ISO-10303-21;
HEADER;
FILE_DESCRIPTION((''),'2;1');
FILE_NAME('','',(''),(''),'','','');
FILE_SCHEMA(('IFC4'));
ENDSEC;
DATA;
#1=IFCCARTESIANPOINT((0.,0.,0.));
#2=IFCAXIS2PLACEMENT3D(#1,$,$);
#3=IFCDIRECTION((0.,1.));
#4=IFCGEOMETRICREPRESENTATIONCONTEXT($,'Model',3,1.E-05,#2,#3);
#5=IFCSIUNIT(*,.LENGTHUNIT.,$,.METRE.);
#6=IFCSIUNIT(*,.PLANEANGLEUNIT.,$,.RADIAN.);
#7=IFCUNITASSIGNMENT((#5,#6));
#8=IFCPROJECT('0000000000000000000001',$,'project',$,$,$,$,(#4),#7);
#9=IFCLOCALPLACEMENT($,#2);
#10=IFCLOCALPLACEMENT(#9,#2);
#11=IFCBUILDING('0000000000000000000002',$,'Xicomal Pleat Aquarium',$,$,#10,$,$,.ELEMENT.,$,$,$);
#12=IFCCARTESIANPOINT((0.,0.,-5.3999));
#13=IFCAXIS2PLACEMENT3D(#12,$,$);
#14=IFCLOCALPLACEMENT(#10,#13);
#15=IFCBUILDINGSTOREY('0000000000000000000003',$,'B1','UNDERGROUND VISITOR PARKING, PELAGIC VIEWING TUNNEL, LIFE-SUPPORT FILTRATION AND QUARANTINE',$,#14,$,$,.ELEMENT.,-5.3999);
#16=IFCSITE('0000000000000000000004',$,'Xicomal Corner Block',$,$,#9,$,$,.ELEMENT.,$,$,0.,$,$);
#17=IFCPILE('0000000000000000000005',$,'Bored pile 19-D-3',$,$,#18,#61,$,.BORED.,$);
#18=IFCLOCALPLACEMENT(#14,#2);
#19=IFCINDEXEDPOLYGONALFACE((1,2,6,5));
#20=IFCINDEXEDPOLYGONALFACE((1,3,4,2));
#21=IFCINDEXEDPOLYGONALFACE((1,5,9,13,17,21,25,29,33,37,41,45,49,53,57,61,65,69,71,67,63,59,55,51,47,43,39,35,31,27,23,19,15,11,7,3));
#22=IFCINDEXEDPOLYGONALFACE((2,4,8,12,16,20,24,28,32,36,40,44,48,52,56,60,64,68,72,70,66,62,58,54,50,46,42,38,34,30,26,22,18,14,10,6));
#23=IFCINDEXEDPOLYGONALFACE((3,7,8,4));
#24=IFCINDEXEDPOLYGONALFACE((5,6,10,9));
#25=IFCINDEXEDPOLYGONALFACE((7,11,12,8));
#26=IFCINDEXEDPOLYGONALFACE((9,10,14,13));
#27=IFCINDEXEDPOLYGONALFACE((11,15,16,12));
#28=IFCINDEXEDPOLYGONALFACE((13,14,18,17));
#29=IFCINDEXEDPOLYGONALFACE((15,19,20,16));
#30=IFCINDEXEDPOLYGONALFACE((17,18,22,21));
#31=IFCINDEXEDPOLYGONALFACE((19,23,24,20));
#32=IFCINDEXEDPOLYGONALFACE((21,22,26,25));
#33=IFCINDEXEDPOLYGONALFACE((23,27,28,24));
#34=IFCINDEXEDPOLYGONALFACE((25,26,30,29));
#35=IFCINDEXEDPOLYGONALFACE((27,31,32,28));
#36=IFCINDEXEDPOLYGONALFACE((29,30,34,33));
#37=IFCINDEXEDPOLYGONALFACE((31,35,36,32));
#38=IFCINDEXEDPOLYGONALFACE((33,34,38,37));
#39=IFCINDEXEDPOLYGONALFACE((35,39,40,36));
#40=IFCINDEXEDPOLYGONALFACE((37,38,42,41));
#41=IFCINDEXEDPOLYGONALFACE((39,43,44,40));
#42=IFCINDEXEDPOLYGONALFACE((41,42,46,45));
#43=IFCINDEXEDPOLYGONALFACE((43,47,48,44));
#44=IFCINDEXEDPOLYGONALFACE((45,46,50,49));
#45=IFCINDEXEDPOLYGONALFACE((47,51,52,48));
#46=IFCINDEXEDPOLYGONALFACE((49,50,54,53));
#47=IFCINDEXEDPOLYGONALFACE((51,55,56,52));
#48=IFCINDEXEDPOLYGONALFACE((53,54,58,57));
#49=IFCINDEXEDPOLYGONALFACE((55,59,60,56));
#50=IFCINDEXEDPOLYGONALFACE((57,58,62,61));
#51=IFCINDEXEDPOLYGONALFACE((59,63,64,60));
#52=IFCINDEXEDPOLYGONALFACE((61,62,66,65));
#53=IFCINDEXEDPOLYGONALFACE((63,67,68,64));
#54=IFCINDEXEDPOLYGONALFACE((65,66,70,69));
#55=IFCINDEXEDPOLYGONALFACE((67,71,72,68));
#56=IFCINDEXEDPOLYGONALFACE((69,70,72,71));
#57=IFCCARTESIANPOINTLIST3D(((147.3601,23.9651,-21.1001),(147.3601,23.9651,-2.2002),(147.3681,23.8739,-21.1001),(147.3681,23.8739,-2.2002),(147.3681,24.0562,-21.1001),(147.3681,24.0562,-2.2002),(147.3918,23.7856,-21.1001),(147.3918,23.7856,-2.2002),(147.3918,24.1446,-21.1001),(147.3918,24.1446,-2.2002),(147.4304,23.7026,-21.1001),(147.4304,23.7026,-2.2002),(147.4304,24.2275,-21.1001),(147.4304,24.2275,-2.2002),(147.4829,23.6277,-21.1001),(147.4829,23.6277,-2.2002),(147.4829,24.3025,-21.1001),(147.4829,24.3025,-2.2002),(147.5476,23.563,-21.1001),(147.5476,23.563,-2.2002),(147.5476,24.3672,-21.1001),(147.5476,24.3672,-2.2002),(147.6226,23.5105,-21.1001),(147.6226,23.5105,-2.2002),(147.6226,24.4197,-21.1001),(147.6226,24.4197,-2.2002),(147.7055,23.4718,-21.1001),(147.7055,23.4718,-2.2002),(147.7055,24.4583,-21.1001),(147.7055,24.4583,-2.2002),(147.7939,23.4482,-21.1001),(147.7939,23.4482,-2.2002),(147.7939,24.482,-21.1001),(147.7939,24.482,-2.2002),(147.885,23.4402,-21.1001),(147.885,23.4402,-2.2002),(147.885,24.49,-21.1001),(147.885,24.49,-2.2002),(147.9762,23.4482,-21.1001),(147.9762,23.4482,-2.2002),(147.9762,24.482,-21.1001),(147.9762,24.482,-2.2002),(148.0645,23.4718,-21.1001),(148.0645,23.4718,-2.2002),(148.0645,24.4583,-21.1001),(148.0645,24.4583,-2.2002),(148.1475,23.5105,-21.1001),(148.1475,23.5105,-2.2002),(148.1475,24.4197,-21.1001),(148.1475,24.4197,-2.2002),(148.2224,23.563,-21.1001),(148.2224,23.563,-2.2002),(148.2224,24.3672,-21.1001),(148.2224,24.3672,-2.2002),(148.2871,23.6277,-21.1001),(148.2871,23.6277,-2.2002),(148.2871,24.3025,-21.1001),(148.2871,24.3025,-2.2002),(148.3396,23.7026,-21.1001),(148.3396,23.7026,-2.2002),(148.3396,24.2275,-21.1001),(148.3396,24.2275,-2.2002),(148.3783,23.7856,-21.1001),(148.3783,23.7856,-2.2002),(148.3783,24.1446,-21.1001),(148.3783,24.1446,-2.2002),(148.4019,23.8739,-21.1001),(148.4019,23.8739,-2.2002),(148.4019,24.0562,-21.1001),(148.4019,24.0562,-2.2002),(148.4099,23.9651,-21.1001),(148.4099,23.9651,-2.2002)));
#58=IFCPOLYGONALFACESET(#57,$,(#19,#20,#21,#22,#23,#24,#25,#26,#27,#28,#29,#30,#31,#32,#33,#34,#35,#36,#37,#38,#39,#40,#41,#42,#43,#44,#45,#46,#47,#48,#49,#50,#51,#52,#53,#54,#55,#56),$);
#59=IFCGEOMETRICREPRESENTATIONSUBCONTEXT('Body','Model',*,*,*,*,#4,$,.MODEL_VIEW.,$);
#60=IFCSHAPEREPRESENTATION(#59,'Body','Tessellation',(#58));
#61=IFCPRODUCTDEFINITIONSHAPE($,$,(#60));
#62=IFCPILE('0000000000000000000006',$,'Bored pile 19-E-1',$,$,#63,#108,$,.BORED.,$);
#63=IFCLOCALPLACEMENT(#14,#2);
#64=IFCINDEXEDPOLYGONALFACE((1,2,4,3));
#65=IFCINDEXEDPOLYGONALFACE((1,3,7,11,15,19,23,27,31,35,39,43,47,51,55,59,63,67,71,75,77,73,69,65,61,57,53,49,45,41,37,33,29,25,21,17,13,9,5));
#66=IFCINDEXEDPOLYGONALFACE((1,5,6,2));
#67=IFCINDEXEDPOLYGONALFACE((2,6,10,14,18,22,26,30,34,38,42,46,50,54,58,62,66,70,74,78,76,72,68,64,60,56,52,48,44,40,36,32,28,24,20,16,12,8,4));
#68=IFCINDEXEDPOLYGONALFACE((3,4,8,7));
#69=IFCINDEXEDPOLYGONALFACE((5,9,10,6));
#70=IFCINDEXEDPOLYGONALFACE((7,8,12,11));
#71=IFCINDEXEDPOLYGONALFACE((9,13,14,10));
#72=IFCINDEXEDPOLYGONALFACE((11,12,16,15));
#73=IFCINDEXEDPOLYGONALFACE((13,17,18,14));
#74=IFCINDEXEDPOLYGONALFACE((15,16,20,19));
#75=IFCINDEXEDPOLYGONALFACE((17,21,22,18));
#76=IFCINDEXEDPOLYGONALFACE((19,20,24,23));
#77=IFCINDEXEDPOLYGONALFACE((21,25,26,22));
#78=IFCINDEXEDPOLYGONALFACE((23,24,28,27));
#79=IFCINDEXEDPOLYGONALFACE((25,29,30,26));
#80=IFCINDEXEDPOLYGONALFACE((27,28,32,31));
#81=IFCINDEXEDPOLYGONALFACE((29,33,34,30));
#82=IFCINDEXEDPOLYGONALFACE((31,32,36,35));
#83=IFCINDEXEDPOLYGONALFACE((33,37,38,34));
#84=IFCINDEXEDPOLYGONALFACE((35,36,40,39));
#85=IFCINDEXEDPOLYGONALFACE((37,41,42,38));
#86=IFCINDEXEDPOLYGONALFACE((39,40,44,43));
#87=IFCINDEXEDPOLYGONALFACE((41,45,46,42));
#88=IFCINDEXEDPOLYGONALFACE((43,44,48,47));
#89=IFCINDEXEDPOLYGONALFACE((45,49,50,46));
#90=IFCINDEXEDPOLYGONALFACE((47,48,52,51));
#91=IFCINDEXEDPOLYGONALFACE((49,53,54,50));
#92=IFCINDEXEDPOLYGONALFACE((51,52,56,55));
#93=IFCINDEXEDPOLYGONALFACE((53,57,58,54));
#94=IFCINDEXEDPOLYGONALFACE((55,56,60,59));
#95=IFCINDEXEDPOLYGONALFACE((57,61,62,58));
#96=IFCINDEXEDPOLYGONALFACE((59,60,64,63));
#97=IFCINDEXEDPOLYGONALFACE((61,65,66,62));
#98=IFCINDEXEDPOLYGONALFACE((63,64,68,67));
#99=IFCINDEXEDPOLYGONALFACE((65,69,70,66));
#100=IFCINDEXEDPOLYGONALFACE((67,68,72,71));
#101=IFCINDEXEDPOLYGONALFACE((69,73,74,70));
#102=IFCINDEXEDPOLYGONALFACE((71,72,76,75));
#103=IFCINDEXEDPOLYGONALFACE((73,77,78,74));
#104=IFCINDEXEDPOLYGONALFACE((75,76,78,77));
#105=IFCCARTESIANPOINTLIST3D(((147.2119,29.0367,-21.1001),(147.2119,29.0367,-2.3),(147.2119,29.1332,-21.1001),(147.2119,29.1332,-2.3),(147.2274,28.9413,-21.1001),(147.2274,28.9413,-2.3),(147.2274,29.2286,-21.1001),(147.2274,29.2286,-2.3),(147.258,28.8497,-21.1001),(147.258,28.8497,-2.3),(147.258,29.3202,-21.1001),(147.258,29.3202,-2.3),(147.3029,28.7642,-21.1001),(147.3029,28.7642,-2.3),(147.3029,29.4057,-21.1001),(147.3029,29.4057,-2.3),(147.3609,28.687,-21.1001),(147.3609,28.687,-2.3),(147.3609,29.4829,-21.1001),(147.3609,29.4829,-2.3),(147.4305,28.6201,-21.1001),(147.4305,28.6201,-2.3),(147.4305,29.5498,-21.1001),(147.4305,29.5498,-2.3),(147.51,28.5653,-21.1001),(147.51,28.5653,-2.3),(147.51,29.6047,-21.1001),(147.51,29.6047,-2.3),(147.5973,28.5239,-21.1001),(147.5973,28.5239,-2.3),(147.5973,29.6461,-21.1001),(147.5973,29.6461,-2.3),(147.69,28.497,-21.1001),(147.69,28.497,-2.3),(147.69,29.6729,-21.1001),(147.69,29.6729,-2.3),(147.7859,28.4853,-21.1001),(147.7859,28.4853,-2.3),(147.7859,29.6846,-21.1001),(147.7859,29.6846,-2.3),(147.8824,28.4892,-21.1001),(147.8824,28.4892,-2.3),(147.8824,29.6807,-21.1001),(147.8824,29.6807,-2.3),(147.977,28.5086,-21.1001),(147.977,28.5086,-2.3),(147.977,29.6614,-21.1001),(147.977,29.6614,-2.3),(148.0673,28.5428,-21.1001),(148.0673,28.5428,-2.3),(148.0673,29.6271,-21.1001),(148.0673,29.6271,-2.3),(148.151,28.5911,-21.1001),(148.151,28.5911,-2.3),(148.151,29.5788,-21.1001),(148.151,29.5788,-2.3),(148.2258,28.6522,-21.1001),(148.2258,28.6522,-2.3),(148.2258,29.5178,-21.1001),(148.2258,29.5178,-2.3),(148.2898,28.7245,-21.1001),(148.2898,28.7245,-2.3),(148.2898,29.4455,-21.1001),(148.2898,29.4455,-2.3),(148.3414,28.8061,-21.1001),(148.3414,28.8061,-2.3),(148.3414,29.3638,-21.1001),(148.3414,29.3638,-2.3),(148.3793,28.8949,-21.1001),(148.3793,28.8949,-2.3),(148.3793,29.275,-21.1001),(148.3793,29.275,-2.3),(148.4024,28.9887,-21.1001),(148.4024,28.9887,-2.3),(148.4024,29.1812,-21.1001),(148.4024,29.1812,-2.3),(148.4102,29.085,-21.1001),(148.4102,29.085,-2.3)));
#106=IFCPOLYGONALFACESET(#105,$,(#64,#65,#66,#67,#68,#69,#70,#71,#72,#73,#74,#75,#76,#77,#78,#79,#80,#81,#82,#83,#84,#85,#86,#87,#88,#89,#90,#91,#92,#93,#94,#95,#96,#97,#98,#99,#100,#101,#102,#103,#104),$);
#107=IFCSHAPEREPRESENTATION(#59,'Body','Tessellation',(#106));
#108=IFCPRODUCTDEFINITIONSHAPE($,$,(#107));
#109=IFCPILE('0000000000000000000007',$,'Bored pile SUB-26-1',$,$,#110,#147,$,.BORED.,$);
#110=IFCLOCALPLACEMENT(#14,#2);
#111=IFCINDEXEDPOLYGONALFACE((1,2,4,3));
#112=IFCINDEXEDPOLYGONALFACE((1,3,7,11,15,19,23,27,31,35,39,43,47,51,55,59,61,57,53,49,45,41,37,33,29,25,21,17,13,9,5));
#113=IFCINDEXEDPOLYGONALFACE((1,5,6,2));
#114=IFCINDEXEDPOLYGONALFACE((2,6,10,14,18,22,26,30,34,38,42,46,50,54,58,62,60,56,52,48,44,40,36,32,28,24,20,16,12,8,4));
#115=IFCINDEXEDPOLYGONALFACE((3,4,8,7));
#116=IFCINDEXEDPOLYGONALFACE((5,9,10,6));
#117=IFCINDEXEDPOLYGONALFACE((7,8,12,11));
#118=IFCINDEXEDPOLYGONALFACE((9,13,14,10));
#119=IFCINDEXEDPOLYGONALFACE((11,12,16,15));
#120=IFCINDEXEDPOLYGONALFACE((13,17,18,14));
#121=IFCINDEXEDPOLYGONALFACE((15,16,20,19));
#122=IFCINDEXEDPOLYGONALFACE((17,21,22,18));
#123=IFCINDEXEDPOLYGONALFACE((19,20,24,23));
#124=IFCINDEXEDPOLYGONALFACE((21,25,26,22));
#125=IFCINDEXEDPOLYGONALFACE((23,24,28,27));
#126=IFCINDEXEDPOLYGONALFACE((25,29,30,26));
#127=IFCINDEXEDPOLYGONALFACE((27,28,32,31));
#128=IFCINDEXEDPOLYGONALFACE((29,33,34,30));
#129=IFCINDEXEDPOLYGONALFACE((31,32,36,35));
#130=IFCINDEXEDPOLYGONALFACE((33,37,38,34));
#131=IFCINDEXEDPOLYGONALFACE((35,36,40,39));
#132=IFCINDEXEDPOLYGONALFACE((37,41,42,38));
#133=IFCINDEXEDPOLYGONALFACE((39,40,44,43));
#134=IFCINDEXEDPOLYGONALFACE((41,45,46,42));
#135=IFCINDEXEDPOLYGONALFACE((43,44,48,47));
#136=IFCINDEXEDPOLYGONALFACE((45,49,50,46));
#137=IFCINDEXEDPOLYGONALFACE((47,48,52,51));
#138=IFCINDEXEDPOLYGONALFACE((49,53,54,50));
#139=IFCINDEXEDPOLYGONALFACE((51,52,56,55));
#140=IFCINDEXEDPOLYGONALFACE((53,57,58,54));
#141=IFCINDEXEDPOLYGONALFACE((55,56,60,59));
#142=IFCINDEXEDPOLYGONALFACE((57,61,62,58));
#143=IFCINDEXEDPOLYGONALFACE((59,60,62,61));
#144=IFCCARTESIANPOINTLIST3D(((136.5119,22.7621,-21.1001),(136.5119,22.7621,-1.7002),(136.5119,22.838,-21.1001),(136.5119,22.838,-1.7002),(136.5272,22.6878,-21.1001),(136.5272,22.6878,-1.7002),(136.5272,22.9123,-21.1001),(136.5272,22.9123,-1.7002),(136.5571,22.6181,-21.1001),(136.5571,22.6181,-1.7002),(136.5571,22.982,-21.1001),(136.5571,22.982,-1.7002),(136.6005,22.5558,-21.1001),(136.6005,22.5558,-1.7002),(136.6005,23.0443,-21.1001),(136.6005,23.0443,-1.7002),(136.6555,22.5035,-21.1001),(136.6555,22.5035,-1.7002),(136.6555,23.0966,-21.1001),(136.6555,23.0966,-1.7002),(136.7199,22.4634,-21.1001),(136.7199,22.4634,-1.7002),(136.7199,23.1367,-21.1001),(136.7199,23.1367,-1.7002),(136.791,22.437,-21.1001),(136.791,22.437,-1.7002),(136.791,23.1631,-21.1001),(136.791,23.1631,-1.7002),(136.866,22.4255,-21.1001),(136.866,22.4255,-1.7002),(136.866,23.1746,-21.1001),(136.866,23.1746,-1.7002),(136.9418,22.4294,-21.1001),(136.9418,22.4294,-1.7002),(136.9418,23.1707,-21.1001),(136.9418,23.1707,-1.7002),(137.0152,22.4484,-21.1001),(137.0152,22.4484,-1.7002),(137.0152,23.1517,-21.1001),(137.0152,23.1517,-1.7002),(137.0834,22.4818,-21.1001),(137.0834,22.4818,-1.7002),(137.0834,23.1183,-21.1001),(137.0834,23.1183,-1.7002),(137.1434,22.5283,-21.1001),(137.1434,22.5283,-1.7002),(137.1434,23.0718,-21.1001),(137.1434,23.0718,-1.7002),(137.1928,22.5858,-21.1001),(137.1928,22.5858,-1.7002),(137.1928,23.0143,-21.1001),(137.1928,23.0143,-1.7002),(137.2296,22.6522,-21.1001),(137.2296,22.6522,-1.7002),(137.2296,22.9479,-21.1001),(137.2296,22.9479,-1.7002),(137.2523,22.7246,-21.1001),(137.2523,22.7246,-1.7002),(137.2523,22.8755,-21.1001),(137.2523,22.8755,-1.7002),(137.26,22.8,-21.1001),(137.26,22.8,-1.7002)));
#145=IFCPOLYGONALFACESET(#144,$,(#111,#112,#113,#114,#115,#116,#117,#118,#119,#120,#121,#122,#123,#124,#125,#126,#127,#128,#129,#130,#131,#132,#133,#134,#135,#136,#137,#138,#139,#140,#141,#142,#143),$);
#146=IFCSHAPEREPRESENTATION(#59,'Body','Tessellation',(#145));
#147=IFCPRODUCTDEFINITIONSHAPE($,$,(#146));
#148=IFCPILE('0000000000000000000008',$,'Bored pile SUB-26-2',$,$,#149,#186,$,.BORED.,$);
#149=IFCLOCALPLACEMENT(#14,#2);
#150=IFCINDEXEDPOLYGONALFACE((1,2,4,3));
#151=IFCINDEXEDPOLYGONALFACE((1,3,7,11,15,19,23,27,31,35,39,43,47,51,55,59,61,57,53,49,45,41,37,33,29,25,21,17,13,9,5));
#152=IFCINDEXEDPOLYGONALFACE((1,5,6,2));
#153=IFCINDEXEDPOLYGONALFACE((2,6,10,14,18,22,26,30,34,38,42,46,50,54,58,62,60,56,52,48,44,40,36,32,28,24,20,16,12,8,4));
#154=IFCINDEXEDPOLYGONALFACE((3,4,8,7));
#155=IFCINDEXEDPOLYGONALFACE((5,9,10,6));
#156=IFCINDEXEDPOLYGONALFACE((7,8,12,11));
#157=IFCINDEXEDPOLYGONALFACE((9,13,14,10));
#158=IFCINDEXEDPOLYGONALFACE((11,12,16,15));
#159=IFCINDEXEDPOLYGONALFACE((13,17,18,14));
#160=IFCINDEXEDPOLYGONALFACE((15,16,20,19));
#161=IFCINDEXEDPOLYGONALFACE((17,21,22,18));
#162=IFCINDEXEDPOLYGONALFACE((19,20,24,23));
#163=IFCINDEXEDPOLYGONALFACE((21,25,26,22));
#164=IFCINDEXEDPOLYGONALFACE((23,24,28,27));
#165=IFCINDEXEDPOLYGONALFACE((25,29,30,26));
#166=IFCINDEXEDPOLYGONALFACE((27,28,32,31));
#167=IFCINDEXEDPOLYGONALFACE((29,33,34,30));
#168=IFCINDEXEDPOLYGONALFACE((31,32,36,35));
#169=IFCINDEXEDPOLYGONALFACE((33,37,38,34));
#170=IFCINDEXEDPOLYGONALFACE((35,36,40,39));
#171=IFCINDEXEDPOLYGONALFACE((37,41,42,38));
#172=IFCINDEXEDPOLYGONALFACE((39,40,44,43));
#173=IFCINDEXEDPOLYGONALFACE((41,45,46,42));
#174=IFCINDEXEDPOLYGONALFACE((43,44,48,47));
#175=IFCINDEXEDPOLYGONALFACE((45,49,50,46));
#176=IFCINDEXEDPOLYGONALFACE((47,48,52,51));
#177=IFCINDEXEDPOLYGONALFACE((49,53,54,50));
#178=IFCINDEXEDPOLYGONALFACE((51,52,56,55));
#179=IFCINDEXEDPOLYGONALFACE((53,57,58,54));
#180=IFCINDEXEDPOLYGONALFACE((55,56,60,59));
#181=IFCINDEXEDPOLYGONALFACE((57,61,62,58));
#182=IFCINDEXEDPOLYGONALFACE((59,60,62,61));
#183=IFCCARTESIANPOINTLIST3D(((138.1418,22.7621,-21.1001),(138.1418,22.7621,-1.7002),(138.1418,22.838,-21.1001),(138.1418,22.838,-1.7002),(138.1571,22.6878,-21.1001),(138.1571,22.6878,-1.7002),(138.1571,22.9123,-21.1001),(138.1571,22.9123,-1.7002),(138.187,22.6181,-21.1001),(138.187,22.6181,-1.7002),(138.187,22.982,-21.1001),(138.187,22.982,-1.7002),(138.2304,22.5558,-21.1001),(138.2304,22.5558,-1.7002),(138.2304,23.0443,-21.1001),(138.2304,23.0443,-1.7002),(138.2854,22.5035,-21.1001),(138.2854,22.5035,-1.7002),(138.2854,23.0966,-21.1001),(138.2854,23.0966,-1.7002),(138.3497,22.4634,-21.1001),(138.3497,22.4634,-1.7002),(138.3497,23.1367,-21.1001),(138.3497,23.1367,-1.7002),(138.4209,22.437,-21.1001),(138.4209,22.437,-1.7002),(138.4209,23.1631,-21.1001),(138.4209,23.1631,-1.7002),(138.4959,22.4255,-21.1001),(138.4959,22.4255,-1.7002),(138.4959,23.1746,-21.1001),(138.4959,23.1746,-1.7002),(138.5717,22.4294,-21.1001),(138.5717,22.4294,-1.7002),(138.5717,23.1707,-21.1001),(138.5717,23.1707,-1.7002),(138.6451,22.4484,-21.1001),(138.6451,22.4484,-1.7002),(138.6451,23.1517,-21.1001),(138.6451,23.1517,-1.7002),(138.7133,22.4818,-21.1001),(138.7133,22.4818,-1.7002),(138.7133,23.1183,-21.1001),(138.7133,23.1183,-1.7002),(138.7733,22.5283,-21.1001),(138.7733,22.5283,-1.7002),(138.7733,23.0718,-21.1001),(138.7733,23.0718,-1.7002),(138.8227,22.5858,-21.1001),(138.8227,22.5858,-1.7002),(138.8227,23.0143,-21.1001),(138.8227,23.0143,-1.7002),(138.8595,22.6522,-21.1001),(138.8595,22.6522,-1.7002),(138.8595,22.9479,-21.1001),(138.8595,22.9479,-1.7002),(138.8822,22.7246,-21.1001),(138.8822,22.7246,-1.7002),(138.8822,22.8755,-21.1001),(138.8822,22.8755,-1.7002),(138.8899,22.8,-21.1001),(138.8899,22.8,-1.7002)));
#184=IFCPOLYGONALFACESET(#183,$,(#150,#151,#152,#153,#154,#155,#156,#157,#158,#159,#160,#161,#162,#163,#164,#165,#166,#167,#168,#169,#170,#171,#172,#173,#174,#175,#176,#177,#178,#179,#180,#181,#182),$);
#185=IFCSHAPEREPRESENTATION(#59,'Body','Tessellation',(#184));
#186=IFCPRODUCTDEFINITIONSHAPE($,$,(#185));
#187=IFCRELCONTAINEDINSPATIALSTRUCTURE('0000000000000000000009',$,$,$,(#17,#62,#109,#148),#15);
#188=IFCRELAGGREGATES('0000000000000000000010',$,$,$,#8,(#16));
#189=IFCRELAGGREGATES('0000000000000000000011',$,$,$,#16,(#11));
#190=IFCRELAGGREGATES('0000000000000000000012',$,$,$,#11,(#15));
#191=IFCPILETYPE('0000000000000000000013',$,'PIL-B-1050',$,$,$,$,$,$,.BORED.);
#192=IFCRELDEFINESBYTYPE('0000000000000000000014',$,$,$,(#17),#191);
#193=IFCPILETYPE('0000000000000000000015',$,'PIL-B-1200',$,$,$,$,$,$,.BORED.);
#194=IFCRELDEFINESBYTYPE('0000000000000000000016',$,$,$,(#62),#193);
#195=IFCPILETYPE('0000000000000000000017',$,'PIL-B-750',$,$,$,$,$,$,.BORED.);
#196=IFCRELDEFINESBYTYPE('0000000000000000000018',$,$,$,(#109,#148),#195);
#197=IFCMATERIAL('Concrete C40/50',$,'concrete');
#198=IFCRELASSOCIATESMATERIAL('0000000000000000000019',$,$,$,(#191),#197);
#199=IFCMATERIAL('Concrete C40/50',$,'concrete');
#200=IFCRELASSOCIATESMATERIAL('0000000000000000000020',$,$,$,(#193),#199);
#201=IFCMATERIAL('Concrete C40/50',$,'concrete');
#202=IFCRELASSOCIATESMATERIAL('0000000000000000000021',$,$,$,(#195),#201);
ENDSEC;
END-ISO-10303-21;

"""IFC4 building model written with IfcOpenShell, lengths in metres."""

from ifc_helpers import new_model, si_unit, direction, frame, origin, origin_2d, place, context, subcontext, project, spatial, circle, extrude, material, material_profile, profile_set, type_object, element, save


model = new_model("IFC4")

# Units and contexts
model_context = context("Model", 3, precision=1e-05, world=origin(), true_north=direction((0.0, 1.0)))
body_context = subcontext(model_context, "Body", "Model", "MODEL_VIEW")
ifc_project = project(units=[si_unit("LENGTHUNIT", "METRE"), si_unit("PLANEANGLEUNIT", "RADIAN")], contexts=[model_context])

# Site, building, storey
site_placement = place(None, origin())
site = spatial("IfcSite", under=ifc_project, at=site_placement, Name="Xicomal Corner Block", CompositionType="ELEMENT", RefElevation=0.0)
building_placement = place(site_placement, origin())
building = spatial("IfcBuilding", under=site, at=building_placement, Name="Xicomal Pleat Aquarium", CompositionType="ELEMENT")
storey_placement = place(building_placement, frame((0.0, 0.0, -5.3999)))
storey = spatial("IfcBuildingStorey", under=building, at=storey_placement, Name="B1", Description="UNDERGROUND VISITOR PARKING, PELAGIC VIEWING TUNNEL, LIFE-SUPPORT FILTRATION AND QUARANTINE", CompositionType="ELEMENT", Elevation=-5.3999)

# Piles
ifc_material_1 = material(Name="Concrete C40/50", Category="concrete")
ifc_material_profile_1 = material_profile(ifc_material_1, circle(Radius=0.5249, at=origin_2d()), Name="BORED PILE D1050")
ifc_profile_set_1 = profile_set([ifc_material_profile_1], Name="Concrete C40/50")
pile_type_1 = type_object("IfcPileType", Name="PIL-B-1050", PredefinedType="BORED", material=ifc_profile_set_1)
pile_1_placement = place(storey_placement, frame((147.885, 23.9651, -2.2002), z_axis=(0.0, 0.0, -1.0), x_axis=(1.0, 0.0, 0.0)))
element("IfcPile", 1, at=pile_1_placement, inside=storey, type_object=pile_type_1, Name="Bored pile 19-D-3", PredefinedType="BORED", context=body_context, shape_type="SweptSolid", body=[
    extrude(circle(Radius=0.5249, at=origin_2d()), origin(), (0.0, 0.0, 1.0), 18.8999),
])
ifc_material_2 = material(Name="Concrete C40/50", Category="concrete")
ifc_material_profile_2 = material_profile(ifc_material_2, circle(Radius=0.6001, at=origin_2d()), Name="BORED PILE D1200")
ifc_profile_set_2 = profile_set([ifc_material_profile_2], Name="Concrete C40/50")
pile_type_2 = type_object("IfcPileType", Name="PIL-B-1200", PredefinedType="BORED", material=ifc_profile_set_2)
pile_2_placement = place(storey_placement, frame((147.8101, 29.085, -2.3), z_axis=(0.0, 0.0, -1.0), x_axis=(1.0, 0.0, 0.0)))
element("IfcPile", 2, at=pile_2_placement, inside=storey, type_object=pile_type_2, Name="Bored pile 19-E-1", PredefinedType="BORED", context=body_context, shape_type="SweptSolid", body=[
    extrude(circle(Radius=0.6001, at=origin_2d()), origin(), (0.0, 0.0, 1.0), 18.8),
])
ifc_material_3 = material(Name="Concrete C40/50", Category="concrete")
ifc_material_profile_3 = material_profile(ifc_material_3, circle(Radius=0.375, at=origin_2d()), Name="BORED PILE D750")
ifc_profile_set_3 = profile_set([ifc_material_profile_3], Name="Concrete C40/50")
pile_type_3 = type_object("IfcPileType", Name="PIL-B-750", PredefinedType="BORED", material=ifc_profile_set_3)
for number, where, z_axis, x_axis, name in (
    (3, (136.885, 22.8, -1.7002), (0.0, 0.0, -1.0), (1.0, 0.0, 0.0), "Bored pile SUB-26-1"),
    (4, (138.5149, 22.8, -1.7002), (0.0, 0.0, -1.0), (1.0, 0.0, 0.0), "Bored pile SUB-26-2"),
):
    element("IfcPile", number, at=place(storey_placement, frame(where, z_axis=z_axis, x_axis=x_axis)), inside=storey, type_object=pile_type_3, Name=name, PredefinedType="BORED", context=body_context, shape_type="SweptSolid", body=[
        extrude(circle(Radius=0.375, at=origin_2d()), origin(), (0.0, 0.0, 1.0), 19.3999),
    ])

save(model, "model.ifc")
